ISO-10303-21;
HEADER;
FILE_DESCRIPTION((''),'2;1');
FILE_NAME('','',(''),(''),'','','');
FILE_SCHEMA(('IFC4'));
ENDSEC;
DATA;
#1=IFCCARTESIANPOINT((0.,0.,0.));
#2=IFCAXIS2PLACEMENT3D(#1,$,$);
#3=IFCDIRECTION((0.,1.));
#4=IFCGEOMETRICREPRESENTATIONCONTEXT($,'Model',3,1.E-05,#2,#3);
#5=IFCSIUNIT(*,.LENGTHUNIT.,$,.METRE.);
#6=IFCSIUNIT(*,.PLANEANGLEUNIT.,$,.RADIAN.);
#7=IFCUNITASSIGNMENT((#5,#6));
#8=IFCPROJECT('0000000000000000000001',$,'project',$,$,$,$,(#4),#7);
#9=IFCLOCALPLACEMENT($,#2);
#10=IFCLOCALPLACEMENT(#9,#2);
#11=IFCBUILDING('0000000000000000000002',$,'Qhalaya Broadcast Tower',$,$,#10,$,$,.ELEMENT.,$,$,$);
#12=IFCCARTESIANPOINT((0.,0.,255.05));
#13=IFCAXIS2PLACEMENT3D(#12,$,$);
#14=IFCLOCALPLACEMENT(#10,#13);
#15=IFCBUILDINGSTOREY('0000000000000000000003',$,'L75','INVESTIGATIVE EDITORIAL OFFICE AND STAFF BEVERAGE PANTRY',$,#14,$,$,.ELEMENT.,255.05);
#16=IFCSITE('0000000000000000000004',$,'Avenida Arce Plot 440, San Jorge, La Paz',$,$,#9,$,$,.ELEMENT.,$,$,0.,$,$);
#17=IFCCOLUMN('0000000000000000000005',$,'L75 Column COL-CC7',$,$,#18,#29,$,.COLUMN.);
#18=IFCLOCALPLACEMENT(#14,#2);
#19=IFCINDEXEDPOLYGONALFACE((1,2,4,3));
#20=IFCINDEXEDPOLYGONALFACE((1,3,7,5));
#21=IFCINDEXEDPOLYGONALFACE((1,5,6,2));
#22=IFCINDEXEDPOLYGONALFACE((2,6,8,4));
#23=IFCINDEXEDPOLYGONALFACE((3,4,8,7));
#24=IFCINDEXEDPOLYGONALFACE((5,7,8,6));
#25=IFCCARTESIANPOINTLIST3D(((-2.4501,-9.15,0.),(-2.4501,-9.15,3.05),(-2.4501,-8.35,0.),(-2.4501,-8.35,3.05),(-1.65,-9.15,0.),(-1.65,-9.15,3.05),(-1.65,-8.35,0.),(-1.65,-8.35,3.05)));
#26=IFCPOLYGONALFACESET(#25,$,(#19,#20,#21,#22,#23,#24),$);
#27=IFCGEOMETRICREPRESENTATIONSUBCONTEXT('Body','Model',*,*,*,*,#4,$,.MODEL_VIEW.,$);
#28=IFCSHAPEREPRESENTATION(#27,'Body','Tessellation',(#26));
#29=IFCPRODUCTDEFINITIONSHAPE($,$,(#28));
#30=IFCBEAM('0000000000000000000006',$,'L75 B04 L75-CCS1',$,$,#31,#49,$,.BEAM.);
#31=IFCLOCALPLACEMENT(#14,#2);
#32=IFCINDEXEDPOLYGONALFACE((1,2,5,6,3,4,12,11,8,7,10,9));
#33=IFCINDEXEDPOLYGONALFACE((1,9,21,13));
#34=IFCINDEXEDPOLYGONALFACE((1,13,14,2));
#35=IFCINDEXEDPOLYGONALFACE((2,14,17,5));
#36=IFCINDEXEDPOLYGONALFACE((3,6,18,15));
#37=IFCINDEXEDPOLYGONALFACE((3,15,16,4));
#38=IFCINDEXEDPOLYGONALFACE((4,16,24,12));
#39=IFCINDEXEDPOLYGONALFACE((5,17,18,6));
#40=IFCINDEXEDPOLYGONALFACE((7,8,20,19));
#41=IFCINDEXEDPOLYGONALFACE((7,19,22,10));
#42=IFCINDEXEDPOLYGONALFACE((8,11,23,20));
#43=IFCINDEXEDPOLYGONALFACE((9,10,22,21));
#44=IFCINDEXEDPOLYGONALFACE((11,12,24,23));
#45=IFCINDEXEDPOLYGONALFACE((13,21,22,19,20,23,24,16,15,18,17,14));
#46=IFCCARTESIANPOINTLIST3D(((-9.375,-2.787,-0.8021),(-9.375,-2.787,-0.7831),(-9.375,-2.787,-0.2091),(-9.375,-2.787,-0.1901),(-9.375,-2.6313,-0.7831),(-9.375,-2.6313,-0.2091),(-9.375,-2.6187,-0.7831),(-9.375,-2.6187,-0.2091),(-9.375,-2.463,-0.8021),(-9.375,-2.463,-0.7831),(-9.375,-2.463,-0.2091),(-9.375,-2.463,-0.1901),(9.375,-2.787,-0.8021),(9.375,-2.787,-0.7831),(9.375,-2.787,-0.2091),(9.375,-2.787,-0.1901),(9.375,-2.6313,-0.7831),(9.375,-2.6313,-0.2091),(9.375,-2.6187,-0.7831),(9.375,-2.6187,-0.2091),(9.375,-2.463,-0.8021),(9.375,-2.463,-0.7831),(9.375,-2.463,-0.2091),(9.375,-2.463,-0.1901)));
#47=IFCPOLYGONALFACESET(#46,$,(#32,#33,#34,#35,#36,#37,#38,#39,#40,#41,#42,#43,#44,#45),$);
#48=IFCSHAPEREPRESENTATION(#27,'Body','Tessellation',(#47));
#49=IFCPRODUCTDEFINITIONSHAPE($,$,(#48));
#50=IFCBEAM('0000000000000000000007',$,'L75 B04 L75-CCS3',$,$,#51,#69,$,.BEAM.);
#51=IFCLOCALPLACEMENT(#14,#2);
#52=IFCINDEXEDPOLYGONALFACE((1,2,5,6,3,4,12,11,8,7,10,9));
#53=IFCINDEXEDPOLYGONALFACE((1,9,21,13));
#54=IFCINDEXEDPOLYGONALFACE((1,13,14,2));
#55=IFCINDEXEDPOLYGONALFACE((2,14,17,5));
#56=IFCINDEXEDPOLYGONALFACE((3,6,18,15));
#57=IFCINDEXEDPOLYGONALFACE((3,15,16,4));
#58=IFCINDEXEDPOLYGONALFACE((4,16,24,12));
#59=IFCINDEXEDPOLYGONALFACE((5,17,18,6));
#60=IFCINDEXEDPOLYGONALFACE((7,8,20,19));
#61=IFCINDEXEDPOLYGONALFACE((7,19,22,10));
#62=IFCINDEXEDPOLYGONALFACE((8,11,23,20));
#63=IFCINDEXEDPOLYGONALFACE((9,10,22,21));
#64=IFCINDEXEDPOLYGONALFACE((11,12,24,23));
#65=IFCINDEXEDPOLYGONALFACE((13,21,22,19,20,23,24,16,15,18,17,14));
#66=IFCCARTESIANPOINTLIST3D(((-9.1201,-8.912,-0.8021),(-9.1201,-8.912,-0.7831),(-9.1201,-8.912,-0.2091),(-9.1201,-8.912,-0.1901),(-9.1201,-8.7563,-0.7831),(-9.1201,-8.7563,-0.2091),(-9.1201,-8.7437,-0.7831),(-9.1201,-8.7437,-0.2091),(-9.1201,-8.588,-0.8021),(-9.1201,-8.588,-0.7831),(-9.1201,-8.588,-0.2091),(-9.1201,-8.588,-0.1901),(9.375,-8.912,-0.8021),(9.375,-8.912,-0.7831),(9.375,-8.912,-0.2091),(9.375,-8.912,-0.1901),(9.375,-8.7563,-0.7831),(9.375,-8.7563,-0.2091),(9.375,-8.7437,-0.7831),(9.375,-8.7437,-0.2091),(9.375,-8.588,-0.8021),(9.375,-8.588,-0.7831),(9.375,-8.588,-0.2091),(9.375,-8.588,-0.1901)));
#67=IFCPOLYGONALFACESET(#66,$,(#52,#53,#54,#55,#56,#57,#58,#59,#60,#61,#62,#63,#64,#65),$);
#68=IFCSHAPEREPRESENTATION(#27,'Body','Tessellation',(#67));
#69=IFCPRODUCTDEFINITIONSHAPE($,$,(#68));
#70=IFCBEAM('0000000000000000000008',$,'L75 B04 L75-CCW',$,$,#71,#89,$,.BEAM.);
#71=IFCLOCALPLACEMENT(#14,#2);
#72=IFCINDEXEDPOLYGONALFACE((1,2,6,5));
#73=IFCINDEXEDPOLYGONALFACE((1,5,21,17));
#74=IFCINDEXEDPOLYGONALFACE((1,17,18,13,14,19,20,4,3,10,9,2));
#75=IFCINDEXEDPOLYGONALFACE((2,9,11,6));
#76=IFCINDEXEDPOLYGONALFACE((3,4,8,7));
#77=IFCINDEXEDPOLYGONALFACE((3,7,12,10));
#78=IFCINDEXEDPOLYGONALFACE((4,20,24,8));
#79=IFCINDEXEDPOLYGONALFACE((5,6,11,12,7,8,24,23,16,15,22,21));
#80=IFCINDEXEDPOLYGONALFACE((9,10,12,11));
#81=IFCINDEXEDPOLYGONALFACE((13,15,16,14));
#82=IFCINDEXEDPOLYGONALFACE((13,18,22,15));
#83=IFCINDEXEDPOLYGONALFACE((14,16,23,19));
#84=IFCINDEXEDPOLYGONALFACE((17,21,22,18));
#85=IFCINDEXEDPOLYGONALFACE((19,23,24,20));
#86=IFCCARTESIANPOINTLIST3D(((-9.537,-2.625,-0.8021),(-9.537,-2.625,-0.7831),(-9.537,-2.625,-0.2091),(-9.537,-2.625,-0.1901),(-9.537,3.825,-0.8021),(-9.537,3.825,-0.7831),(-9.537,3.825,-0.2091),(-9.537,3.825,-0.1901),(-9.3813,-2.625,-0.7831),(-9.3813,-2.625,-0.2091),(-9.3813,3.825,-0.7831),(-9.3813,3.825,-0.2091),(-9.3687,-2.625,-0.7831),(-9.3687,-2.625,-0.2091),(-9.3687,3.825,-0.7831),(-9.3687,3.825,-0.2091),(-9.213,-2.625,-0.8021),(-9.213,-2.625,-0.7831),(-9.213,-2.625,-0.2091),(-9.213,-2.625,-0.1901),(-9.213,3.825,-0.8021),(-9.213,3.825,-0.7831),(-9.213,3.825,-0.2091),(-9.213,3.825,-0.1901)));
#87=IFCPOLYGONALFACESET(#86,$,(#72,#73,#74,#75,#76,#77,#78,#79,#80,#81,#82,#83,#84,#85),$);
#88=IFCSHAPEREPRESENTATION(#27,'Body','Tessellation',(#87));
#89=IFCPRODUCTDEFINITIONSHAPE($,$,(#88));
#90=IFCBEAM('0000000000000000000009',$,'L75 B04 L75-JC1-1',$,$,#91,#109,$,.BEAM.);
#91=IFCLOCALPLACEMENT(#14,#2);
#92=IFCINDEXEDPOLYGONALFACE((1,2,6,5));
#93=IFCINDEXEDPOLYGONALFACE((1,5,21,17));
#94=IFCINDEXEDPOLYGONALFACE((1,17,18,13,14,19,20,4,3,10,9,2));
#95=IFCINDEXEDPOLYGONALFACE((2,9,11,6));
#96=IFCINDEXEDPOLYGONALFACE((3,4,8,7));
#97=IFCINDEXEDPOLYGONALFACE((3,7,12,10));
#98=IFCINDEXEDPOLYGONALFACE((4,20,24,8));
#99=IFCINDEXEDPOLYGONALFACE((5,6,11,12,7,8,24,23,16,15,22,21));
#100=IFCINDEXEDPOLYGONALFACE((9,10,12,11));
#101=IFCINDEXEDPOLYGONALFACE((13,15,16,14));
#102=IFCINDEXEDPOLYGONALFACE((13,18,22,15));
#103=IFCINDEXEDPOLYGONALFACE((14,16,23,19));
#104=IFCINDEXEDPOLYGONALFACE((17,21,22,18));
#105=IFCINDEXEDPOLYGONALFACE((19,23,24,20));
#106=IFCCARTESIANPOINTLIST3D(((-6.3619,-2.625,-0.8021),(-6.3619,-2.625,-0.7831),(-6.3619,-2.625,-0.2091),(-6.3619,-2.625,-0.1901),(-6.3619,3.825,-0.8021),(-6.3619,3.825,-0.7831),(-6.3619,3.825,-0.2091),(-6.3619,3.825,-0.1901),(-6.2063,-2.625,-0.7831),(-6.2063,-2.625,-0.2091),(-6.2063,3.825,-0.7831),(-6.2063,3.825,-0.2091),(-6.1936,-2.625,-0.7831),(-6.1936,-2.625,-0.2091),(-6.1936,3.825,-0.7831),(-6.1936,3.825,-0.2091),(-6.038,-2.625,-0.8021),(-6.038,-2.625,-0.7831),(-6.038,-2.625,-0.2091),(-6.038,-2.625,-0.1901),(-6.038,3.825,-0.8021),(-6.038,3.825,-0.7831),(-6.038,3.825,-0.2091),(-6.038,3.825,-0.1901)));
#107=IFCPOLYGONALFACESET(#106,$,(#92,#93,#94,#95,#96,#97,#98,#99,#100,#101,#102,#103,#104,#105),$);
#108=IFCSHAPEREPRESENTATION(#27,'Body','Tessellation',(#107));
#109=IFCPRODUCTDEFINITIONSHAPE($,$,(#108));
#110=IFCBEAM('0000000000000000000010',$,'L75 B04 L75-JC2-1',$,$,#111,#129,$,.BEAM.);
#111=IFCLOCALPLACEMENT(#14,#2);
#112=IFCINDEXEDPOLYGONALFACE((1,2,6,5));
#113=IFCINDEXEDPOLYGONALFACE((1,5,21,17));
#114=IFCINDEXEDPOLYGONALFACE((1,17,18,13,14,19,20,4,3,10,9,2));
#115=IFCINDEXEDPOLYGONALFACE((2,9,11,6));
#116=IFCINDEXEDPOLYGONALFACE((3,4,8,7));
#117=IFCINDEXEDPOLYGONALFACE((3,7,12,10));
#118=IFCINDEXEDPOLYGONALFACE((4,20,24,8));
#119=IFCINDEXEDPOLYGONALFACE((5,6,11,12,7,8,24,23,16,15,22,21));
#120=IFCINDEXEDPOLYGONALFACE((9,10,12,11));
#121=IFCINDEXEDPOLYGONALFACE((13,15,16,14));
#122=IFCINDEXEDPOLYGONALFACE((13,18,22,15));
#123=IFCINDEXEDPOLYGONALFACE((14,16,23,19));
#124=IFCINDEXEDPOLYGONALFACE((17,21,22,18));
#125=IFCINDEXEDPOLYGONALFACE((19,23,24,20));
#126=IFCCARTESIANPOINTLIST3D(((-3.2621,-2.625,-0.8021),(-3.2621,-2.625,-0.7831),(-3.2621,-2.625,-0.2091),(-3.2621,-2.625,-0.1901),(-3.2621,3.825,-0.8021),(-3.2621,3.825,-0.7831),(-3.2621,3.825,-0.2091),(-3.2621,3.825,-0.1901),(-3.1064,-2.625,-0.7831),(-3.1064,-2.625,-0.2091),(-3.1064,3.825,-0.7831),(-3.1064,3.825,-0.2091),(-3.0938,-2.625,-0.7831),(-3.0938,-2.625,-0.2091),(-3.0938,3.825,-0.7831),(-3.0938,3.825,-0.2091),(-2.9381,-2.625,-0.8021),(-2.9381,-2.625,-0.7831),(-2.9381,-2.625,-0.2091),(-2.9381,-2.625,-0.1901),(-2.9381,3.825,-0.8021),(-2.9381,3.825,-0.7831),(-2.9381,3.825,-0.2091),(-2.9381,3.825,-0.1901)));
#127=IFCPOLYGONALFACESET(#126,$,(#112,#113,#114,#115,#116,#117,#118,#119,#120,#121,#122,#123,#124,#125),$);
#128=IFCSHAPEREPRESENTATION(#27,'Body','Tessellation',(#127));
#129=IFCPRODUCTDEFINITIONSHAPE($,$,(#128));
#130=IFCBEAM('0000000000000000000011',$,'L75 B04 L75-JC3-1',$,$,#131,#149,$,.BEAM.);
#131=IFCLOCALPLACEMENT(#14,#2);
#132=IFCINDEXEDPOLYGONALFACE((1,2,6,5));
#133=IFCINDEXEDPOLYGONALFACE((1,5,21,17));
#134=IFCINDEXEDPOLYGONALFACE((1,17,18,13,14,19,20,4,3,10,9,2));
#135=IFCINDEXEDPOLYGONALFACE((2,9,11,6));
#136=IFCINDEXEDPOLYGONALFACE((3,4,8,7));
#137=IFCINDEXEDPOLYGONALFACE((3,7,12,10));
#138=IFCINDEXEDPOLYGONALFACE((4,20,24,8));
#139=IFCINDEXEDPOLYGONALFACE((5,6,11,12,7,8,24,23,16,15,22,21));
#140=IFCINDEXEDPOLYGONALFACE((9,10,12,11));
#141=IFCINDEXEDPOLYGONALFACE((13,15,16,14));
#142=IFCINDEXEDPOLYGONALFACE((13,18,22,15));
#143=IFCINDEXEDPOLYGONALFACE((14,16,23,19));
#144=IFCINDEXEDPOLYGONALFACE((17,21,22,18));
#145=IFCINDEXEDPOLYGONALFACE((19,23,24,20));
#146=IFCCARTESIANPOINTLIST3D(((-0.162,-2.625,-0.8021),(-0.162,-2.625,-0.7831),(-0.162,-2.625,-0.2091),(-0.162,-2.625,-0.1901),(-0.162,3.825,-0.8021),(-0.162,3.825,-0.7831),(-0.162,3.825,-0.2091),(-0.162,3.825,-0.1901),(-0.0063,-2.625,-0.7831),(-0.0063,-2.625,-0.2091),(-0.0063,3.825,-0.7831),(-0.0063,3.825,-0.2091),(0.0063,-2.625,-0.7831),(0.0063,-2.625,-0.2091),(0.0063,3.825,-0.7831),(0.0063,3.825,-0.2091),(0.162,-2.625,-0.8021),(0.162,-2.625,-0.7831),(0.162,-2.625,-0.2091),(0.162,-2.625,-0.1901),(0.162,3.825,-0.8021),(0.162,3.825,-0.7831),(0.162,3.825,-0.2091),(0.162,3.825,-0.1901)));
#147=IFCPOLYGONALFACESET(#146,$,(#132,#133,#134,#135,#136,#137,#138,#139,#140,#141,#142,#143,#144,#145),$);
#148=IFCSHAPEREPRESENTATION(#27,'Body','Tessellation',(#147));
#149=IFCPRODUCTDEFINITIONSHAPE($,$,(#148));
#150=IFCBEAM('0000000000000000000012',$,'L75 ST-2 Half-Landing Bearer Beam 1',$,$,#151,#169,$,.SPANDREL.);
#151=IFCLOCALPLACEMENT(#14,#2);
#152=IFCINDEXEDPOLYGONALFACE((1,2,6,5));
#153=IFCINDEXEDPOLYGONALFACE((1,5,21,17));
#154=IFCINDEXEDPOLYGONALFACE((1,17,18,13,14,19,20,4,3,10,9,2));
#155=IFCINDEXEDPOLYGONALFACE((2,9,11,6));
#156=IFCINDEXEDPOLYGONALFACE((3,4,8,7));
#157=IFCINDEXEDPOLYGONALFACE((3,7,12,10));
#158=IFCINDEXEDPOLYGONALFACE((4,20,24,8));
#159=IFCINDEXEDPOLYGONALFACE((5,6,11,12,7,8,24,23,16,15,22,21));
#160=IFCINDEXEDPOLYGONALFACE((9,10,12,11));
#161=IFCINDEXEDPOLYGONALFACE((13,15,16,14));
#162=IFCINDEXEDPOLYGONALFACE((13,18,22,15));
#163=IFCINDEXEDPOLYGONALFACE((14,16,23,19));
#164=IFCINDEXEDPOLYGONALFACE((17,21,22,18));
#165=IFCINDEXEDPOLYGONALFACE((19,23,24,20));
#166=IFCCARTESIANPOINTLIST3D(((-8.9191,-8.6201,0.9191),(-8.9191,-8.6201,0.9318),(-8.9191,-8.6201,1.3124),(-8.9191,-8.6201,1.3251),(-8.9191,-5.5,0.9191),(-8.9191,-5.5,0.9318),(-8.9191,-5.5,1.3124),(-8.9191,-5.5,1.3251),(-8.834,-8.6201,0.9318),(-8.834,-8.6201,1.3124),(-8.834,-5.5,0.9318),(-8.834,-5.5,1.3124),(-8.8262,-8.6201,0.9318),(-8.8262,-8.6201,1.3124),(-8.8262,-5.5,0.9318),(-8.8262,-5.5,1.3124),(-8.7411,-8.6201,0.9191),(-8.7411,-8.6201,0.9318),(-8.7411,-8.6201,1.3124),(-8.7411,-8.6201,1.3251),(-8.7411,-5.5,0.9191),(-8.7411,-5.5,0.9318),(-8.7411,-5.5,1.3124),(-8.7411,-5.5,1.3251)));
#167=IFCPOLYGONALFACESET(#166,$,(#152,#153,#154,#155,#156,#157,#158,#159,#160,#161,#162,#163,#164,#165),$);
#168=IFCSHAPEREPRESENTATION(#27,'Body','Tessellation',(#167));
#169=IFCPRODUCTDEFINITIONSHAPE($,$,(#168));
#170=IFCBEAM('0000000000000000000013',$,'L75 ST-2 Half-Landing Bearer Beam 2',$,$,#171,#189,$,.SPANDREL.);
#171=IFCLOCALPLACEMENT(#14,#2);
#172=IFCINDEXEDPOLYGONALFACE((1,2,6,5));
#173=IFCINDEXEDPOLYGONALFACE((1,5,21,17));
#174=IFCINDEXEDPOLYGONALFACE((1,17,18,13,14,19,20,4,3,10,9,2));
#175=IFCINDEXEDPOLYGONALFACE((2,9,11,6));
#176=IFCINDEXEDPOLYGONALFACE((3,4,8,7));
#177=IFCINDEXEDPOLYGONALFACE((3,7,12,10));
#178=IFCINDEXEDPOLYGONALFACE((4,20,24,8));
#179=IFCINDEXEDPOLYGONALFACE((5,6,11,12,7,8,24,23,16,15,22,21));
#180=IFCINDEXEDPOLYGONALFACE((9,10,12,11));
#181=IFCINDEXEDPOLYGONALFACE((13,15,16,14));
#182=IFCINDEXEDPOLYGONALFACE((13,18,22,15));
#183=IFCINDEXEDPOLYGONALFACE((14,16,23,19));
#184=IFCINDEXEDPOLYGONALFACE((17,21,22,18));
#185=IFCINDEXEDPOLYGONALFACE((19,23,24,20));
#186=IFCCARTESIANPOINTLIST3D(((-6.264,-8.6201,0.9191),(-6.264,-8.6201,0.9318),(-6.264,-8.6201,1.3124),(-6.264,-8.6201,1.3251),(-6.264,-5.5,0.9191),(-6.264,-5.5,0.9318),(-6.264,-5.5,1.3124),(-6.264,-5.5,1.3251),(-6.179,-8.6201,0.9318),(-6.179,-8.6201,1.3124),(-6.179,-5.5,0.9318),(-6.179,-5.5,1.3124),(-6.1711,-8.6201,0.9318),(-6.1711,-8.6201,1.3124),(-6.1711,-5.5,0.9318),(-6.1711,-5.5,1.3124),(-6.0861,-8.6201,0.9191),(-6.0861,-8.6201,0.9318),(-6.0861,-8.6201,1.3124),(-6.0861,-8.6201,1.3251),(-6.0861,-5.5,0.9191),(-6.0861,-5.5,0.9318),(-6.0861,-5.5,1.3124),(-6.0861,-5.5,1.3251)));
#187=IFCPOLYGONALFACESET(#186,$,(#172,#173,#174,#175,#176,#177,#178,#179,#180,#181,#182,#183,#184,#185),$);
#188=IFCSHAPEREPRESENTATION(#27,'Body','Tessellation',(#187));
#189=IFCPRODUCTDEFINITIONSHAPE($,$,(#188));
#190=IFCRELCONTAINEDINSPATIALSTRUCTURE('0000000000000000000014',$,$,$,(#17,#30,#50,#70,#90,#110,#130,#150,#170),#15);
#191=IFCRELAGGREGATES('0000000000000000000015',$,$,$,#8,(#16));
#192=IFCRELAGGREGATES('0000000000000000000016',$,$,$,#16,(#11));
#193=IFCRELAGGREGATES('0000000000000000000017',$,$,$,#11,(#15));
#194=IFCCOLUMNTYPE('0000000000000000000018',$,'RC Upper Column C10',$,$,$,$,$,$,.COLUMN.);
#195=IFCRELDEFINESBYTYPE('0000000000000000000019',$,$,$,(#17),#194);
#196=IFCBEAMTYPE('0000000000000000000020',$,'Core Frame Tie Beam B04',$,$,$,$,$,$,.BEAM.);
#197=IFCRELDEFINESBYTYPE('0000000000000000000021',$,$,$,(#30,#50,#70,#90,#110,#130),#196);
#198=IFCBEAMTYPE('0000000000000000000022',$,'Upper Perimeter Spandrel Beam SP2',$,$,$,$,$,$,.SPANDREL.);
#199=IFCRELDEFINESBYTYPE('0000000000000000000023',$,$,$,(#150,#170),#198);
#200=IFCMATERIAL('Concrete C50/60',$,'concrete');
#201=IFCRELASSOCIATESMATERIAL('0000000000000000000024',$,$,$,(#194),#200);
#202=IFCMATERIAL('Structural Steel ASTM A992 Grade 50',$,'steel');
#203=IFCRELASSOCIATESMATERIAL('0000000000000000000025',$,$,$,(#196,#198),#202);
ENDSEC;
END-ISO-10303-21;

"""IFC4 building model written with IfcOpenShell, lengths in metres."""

from ifc_helpers import new_model, si_unit, direction, frame, origin, origin_2d, place, context, subcontext, project, spatial, rectangle, i_section, extrude, material, material_profile, profile_set, type_object, element, save


model = new_model("IFC4")

# Units and contexts
model_context = context("Model", 3, precision=1e-05, world=origin(), true_north=direction((0.0, 1.0)))
body_context = subcontext(model_context, "Body", "Model", "MODEL_VIEW")
ifc_project = project(units=[si_unit("LENGTHUNIT", "METRE"), si_unit("PLANEANGLEUNIT", "RADIAN")], contexts=[model_context])

# Site, building, storey
site_placement = place(None, origin())
site = spatial("IfcSite", under=ifc_project, at=site_placement, Name="Avenida Arce Plot 440, San Jorge, La Paz", CompositionType="ELEMENT", RefElevation=0.0)
building_placement = place(site_placement, origin())
building = spatial("IfcBuilding", under=site, at=building_placement, Name="Qhalaya Broadcast Tower", CompositionType="ELEMENT")
storey_placement = place(building_placement, frame((0.0, 0.0, 255.05)))
storey = spatial("IfcBuildingStorey", under=building, at=storey_placement, Name="L75", Description="INVESTIGATIVE EDITORIAL OFFICE AND STAFF BEVERAGE PANTRY", CompositionType="ELEMENT", Elevation=255.05)

# Column
ifc_material_1 = material(Name="Concrete C50/60", Category="concrete")
ifc_material_profile_1 = material_profile(ifc_material_1, rectangle(XDim=0.8, YDim=0.8, at=origin_2d()), Name="RC-COL 800x800")
ifc_profile_set_1 = profile_set([ifc_material_profile_1], Name="Concrete C50/60")
column_type = type_object("IfcColumnType", Name="RC Upper Column C10", PredefinedType="COLUMN", material=ifc_profile_set_1)
column_placement = place(storey_placement, frame((-2.05, -8.75, 0.0), z_axis=(0.0, 0.0, 1.0), x_axis=(1.0, 0.0, 0.0)))
element("IfcColumn", 1, at=column_placement, inside=storey, type_object=column_type, Name="L75 Column COL-CC7", PredefinedType="COLUMN", context=body_context, shape_type="SweptSolid", body=[
    extrude(rectangle(XDim=0.8, YDim=0.8, at=origin_2d()), origin(), (0.0, 0.0, 1.0), 3.05),
])

# Beams
ifc_material_2 = material(Name="Structural Steel ASTM A992 Grade 50", Category="steel")
ifc_material_profile_2 = material_profile(ifc_material_2, i_section(OverallWidth=0.324, OverallDepth=0.6121, WebThickness=0.0127, FlangeThickness=0.019, at=origin_2d()), Name="W24X104")
ifc_profile_set_2 = profile_set([ifc_material_profile_2], Name="Structural Steel ASTM A992 Grade 50")
beam_type_1 = type_object("IfcBeamType", Name="Core Frame Tie Beam B04", PredefinedType="BEAM", material=ifc_profile_set_2)
beam_1_placement = place(storey_placement, frame((-9.375, -2.625, -0.4961), z_axis=(1.0, 0.0, 0.0), x_axis=(0.0, 1.0, 0.0)))
element("IfcBeam", 2, at=beam_1_placement, inside=storey, type_object=beam_type_1, Name="L75 B04 L75-CCS1", PredefinedType="BEAM", context=body_context, shape_type="SweptSolid", body=[
    extrude(i_section(OverallWidth=0.324, OverallDepth=0.6121, WebThickness=0.0127, FlangeThickness=0.019, at=origin_2d()), origin(), (0.0, 0.0, 1.0), 18.75),
])
beam_2_placement = place(storey_placement, frame((-9.1201, -8.75, -0.4961), z_axis=(1.0, 0.0, 0.0), x_axis=(0.0, 1.0, 0.0)))
element("IfcBeam", 3, at=beam_2_placement, inside=storey, type_object=beam_type_1, Name="L75 B04 L75-CCS3", PredefinedType="BEAM", context=body_context, shape_type="SweptSolid", body=[
    extrude(i_section(OverallWidth=0.324, OverallDepth=0.6121, WebThickness=0.0127, FlangeThickness=0.019, at=origin_2d()), origin(), (0.0, 0.0, 1.0), 18.4951),
])
for number, where, z_axis, x_axis, name in (
    (4, (-9.375, -2.625, -0.4961), (0.0, 1.0, 0.0), (-1.0, 0.0, 0.0), "L75 B04 L75-CCW"),
    (5, (-6.2, -2.625, -0.4961), (0.0, 1.0, 0.0), (-1.0, 0.0, 0.0), "L75 B04 L75-JC1-1"),
    (6, (-3.1001, -2.625, -0.4961), (0.0, 1.0, 0.0), (-1.0, 0.0, 0.0), "L75 B04 L75-JC2-1"),
    (7, (0.0, -2.625, -0.4961), (0.0, 1.0, 0.0), (-1.0, 0.0, 0.0), "L75 B04 L75-JC3-1"),
):
    element("IfcBeam", number, at=place(storey_placement, frame(where, z_axis=z_axis, x_axis=x_axis)), inside=storey, type_object=beam_type_1, Name=name, PredefinedType="BEAM", context=body_context, shape_type="SweptSolid", body=[
        extrude(i_section(OverallWidth=0.324, OverallDepth=0.6121, WebThickness=0.0127, FlangeThickness=0.019, at=origin_2d()), origin(), (0.0, 0.0, 1.0), 6.45),
    ])
ifc_material_profile_3 = material_profile(ifc_material_2, i_section(OverallWidth=0.178, OverallDepth=0.406, WebThickness=0.0078, FlangeThickness=0.0127, at=origin_2d()), Name="W16X40")
ifc_profile_set_3 = profile_set([ifc_material_profile_3], Name="Structural Steel ASTM A992 Grade 50")
beam_type_2 = type_object("IfcBeamType", Name="Upper Perimeter Spandrel Beam SP2", PredefinedType="SPANDREL", material=ifc_profile_set_3)
for number, where, z_axis, x_axis, name in (
    (8, (-8.8301, -8.6201, 1.1221), (0.0, 1.0, 0.0), (-1.0, 0.0, 0.0), "L75 ST-2 Half-Landing Bearer Beam 1"),
    (9, (-6.175, -8.6201, 1.1221), (0.0, 1.0, 0.0), (-1.0, 0.0, 0.0), "L75 ST-2 Half-Landing Bearer Beam 2"),
):
    element("IfcBeam", number, at=place(storey_placement, frame(where, z_axis=z_axis, x_axis=x_axis)), inside=storey, type_object=beam_type_2, Name=name, PredefinedType="SPANDREL", context=body_context, shape_type="SweptSolid", body=[
        extrude(i_section(OverallWidth=0.178, OverallDepth=0.406, WebThickness=0.0078, FlangeThickness=0.0127, at=origin_2d()), origin(), (0.0, 0.0, 1.0), 3.1201),
    ])

save(model, "model.ifc")
